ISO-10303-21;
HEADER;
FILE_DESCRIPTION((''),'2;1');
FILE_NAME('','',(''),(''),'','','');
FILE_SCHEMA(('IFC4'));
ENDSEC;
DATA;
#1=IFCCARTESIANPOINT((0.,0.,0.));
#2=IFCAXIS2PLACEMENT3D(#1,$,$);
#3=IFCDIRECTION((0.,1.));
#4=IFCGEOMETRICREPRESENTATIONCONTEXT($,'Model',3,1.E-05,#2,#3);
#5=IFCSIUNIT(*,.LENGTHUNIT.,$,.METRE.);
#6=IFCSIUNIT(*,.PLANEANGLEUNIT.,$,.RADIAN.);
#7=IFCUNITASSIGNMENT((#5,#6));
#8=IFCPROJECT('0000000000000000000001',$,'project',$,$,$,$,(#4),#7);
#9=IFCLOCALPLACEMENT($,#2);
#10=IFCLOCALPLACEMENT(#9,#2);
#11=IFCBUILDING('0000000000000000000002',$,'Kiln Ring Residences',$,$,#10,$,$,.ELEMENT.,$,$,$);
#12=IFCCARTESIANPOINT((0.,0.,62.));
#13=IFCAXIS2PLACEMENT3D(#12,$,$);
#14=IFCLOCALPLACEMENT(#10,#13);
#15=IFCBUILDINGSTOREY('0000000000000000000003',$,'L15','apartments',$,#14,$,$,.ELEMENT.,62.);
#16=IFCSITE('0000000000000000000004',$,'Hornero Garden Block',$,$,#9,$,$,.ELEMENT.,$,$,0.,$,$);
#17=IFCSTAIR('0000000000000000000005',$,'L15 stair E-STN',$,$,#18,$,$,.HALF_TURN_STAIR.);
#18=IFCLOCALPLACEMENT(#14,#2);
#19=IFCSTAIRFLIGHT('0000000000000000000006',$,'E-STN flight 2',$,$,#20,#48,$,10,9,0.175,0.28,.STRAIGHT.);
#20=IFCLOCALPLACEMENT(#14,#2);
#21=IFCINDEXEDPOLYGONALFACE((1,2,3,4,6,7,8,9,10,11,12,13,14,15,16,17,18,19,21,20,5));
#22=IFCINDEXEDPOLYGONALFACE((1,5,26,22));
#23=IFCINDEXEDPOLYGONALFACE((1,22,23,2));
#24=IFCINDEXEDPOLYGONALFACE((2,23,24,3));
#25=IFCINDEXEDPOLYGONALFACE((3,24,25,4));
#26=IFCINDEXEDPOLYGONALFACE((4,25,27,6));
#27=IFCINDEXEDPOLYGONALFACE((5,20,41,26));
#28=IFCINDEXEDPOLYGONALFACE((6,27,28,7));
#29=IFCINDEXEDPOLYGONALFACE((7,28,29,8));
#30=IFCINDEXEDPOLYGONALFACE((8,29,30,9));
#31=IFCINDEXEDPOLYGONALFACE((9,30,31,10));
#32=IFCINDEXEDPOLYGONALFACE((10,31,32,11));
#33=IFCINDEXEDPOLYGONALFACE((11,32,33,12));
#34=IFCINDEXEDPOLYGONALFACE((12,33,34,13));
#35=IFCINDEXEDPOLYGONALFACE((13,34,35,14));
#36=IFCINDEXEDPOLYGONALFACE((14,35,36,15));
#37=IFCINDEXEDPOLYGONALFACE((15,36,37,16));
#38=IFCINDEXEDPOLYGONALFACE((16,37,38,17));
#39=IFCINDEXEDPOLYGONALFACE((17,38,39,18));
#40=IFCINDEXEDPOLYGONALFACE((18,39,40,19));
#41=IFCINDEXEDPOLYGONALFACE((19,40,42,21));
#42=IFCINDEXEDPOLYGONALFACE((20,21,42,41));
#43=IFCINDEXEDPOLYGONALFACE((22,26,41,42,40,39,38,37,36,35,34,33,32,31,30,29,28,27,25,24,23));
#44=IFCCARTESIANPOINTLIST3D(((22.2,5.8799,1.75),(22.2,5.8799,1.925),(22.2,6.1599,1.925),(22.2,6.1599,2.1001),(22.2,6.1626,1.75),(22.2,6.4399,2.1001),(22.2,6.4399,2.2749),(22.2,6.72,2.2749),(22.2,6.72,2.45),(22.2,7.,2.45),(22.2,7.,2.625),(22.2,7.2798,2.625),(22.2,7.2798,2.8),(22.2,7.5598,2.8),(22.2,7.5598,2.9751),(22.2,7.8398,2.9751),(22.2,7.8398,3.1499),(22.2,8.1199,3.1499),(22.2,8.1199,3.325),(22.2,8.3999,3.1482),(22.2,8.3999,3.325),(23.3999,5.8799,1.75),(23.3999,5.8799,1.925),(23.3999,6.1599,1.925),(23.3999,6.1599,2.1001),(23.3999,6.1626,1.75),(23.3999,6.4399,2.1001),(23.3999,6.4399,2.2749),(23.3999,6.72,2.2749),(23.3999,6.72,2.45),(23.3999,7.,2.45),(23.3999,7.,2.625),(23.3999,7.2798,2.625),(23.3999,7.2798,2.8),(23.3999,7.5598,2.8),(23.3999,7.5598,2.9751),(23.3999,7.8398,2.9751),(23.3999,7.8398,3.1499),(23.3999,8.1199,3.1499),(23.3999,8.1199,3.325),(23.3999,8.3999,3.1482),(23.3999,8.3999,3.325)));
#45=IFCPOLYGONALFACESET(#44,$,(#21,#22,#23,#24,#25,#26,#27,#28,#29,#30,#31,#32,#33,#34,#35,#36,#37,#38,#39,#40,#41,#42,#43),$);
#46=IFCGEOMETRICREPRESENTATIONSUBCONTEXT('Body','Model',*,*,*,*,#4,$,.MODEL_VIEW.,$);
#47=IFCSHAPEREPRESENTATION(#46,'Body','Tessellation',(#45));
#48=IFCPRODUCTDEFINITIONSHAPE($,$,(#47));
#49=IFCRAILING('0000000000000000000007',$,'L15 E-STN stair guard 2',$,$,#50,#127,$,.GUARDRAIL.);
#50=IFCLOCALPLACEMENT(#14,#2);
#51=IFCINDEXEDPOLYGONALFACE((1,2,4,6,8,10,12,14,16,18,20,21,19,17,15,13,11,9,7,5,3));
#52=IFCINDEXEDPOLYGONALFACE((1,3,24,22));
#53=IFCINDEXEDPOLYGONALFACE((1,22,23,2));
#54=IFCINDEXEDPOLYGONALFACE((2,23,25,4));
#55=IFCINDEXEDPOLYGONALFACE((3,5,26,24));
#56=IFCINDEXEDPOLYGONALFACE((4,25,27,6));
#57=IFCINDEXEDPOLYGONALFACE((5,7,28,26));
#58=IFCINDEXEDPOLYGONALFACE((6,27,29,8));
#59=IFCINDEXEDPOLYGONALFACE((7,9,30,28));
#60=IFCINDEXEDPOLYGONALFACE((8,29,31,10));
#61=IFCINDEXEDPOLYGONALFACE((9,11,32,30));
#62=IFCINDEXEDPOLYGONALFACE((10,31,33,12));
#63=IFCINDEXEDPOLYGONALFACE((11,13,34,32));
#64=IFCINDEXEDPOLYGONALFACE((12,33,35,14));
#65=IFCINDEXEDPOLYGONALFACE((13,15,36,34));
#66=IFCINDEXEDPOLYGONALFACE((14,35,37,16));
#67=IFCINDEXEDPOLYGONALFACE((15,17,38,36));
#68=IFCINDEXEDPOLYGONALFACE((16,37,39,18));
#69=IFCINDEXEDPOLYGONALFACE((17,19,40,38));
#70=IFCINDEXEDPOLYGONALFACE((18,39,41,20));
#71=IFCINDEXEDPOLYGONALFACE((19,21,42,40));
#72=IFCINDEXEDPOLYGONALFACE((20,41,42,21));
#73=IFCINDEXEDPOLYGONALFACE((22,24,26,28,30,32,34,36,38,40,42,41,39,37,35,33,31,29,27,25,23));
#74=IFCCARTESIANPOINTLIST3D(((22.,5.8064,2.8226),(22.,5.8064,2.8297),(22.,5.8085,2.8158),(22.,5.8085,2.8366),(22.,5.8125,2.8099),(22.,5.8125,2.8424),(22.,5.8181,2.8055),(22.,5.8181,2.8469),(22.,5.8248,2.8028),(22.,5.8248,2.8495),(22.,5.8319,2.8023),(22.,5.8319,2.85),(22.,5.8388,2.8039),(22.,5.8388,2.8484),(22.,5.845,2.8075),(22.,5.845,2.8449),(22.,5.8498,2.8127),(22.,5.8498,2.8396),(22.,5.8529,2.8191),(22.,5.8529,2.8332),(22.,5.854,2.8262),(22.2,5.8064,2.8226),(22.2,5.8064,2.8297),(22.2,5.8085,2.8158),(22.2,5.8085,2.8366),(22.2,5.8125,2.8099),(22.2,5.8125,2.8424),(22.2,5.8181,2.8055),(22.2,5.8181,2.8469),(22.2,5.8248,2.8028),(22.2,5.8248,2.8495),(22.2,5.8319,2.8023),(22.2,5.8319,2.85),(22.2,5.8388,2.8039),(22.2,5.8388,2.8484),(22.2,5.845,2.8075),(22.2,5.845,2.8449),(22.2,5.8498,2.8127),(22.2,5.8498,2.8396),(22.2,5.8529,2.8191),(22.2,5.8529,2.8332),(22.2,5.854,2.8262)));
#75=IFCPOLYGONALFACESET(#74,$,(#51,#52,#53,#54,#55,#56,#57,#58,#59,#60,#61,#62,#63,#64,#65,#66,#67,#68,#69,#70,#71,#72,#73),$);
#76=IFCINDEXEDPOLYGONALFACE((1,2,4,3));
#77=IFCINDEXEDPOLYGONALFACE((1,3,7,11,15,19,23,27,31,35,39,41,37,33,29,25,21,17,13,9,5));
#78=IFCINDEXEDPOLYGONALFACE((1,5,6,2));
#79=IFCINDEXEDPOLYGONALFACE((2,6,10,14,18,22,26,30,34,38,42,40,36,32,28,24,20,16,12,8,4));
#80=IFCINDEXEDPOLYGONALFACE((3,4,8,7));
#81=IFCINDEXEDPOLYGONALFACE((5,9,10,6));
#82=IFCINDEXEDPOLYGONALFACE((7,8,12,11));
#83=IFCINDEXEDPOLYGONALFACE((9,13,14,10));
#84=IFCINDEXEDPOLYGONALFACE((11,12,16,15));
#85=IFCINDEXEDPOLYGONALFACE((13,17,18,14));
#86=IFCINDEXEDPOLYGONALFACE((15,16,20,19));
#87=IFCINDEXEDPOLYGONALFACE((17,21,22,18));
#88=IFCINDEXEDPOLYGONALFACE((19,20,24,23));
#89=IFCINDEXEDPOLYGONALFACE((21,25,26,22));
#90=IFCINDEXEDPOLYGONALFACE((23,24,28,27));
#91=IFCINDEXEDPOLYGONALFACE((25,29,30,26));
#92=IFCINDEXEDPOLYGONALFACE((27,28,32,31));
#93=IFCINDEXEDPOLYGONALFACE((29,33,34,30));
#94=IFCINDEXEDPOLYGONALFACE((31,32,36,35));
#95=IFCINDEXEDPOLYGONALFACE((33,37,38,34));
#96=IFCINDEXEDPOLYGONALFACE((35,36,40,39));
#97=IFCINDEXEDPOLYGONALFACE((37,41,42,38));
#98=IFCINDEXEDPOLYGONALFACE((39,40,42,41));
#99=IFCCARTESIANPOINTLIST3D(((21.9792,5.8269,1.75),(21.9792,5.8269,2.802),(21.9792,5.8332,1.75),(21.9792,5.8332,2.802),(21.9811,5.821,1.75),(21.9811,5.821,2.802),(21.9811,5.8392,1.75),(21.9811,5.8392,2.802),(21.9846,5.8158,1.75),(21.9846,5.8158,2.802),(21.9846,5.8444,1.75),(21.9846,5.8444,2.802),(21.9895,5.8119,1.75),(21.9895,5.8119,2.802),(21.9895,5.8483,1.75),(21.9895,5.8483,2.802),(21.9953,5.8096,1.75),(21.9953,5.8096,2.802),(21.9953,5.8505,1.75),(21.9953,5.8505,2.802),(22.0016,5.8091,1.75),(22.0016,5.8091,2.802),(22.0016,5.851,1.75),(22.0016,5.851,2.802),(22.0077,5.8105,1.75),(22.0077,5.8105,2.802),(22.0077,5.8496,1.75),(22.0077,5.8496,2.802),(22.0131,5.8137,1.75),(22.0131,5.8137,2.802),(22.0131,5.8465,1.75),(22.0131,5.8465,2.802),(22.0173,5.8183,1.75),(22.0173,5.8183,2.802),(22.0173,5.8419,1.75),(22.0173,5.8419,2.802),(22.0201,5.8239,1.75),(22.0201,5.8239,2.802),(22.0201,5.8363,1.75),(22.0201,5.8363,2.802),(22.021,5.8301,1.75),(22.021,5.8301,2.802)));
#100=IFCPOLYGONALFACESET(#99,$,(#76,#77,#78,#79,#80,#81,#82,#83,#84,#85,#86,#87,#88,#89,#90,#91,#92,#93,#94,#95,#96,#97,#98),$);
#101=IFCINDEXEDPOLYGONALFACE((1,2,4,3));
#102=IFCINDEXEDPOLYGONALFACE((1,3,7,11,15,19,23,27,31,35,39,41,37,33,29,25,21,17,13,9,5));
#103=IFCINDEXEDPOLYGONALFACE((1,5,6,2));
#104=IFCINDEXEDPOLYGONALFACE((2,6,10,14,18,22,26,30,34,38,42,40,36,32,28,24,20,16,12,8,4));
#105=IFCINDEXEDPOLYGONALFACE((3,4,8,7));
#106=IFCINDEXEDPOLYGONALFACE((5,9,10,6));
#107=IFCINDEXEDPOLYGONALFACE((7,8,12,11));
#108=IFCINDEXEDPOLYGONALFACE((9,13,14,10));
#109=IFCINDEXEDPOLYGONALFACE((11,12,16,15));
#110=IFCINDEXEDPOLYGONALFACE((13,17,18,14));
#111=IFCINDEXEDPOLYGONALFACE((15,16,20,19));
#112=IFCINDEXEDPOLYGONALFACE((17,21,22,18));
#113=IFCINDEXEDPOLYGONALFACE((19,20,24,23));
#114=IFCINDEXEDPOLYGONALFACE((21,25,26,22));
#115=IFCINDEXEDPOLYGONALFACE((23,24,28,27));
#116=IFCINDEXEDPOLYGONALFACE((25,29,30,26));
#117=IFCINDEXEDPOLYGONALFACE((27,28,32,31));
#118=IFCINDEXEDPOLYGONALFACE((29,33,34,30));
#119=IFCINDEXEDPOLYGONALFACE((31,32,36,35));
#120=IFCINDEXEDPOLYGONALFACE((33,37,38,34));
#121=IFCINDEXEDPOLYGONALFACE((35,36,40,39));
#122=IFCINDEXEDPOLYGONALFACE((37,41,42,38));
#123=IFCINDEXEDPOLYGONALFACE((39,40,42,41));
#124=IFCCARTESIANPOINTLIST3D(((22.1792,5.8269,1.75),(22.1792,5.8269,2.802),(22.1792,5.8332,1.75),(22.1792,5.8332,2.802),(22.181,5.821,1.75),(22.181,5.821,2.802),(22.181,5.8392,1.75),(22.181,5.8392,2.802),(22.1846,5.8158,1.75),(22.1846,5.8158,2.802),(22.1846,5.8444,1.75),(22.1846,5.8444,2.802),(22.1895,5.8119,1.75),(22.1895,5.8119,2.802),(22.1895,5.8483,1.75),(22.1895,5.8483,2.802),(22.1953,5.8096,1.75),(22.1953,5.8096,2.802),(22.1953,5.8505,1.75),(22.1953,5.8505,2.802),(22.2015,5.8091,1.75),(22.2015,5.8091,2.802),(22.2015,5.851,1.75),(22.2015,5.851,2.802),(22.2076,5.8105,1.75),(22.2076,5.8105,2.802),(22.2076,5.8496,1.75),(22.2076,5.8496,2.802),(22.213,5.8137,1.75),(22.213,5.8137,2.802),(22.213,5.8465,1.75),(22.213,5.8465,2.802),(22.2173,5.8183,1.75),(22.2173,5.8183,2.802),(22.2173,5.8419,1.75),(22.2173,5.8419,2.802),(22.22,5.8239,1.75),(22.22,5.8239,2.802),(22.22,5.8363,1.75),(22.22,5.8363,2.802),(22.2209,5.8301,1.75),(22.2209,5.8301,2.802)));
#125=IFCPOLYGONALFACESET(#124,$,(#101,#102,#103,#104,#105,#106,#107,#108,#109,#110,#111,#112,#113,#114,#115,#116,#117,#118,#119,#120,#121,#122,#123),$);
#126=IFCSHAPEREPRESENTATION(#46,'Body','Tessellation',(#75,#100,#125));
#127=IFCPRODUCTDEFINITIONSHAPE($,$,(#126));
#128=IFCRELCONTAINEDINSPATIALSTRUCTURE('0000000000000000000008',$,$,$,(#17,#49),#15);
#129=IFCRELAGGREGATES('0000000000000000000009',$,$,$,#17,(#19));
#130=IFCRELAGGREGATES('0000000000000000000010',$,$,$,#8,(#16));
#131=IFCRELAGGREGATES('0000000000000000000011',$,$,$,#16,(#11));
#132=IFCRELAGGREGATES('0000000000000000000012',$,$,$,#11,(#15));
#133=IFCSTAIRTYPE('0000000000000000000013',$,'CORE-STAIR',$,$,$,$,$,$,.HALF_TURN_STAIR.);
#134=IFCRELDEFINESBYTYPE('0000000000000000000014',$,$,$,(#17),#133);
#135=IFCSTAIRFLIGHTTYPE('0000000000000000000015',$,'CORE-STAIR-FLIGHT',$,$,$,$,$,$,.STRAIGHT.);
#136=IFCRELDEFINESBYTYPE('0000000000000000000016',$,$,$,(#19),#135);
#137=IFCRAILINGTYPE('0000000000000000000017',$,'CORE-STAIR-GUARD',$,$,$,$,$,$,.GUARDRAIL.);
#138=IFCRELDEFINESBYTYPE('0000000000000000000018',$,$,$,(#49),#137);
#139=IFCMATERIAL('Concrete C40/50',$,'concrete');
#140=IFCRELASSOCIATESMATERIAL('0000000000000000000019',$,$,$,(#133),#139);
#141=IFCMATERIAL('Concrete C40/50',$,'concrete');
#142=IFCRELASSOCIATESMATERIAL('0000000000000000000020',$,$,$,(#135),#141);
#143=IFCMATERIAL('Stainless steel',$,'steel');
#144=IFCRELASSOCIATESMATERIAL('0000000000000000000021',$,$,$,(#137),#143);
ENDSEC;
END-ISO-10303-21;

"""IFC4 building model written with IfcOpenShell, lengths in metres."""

from ifc_helpers import new_model, si_unit, direction, frame, origin, origin_2d, place, context, subcontext, project, spatial, polyline, circle, outline, extrude, material, type_object, element, aggregate, save


model = new_model("IFC4")

# Units and contexts
model_context = context("Model", 3, precision=1e-05, world=origin(), true_north=direction((0.0, 1.0)))
body_context = subcontext(model_context, "Body", "Model", "MODEL_VIEW")
ifc_project = project(units=[si_unit("LENGTHUNIT", "METRE"), si_unit("PLANEANGLEUNIT", "RADIAN")], contexts=[model_context])

# Site, building, storey
site_placement = place(None, origin())
site = spatial("IfcSite", under=ifc_project, at=site_placement, Name="Hornero Garden Block", CompositionType="ELEMENT", RefElevation=0.0)
building_placement = place(site_placement, origin())
building = spatial("IfcBuilding", under=site, at=building_placement, Name="Kiln Ring Residences", CompositionType="ELEMENT")
storey_placement = place(building_placement, frame((0.0, 0.0, 62.0)))
storey = spatial("IfcBuildingStorey", under=building, at=storey_placement, Name="L15", Description="apartments", CompositionType="ELEMENT", Elevation=62.0)

# Stair, stair flight
ifc_material_1 = material(Name="Concrete C40/50", Category="concrete")
stair_type = type_object("IfcStairType", Name="CORE-STAIR", PredefinedType="HALF_TURN_STAIR", material=ifc_material_1)
stair_placement = place(storey_placement, origin())
stair = element("IfcStair", 1, at=stair_placement, inside=storey, type_object=stair_type, Name="L15 stair E-STN", PredefinedType="HALF_TURN_STAIR")
ifc_material_2 = material(Name="Concrete C40/50", Category="concrete")
stair_flight_type = type_object("IfcStairFlightType", Name="CORE-STAIR-FLIGHT", PredefinedType="STRAIGHT", material=ifc_material_2)
stair_flight_1_placement = place(storey_placement, frame((22.8, 5.8799, 1.75), z_axis=(0.0, 0.0, 1.0), x_axis=(0.0, 1.0, 0.0)))
stair_flight_1 = element("IfcStairFlight", 2, at=stair_flight_1_placement, type_object=stair_flight_type, Name="E-STN flight 2", NumberOfRisers=10, NumberOfTreads=9, PredefinedType="STRAIGHT", RiserHeight=0.175, TreadLength=0.28, context=body_context, shape_type="SweptSolid", body=[
    extrude(outline(polyline([(0.0, 0.0), (0.0, 0.175), (0.28, 0.175), (0.28, 0.3501), (0.5601, 0.3501), (0.5601, 0.5249), (0.8401, 0.5249), (0.8401, 0.7), (1.1201, 0.7), (1.1201, 0.875), (1.3999, 0.875), (1.3999, 1.05), (1.6799, 1.05), (1.6799, 1.2251), (1.96, 1.2251), (1.96, 1.3999), (2.24, 1.3999), (2.24, 1.575), (2.52, 1.575), (2.52, 1.75), (2.52, 1.3982), (0.2827, 0.0), (0.0, 0.0)])), frame((0.0, 0.6001, 0.0), z_axis=(0.0, -1.0, 0.0), x_axis=(1.0, 0.0, 0.0)), (0.0, 0.0, 1.0), 1.2),
])
aggregate(stair, [stair_flight_1])

# Railing
ifc_material_3 = material(Name="Stainless steel", Category="steel")
railing_type_1 = type_object("IfcRailingType", Name="CORE-STAIR-GUARD", PredefinedType="GUARDRAIL", material=ifc_material_3)
railing_1_placement = place(storey_placement, frame((22.0, 5.8301, 1.75)))
element("IfcRailing", 3, at=railing_1_placement, inside=storey, type_object=railing_type_1, Name="L15 E-STN stair guard 2", PredefinedType="GUARDRAIL", context=body_context, shape_type="SweptSolid", body=[
    extrude(circle(Radius=0.0239, at=origin_2d()), frame((0.0, 0.0, 1.0762), z_axis=(1.0, 0.0, 0.0), x_axis=(0.0, 1.0, 0.0)), (0.0, 0.0, 1.0), 0.2),
    extrude(circle(Radius=0.021, at=origin_2d()), origin(), (0.0, 0.0, 1.0), 1.052),
    extrude(circle(Radius=0.021, at=origin_2d()), frame((0.2, 0.0, 0.0)), (0.0, 0.0, 1.0), 1.052),
])

save(model, "model.ifc")
